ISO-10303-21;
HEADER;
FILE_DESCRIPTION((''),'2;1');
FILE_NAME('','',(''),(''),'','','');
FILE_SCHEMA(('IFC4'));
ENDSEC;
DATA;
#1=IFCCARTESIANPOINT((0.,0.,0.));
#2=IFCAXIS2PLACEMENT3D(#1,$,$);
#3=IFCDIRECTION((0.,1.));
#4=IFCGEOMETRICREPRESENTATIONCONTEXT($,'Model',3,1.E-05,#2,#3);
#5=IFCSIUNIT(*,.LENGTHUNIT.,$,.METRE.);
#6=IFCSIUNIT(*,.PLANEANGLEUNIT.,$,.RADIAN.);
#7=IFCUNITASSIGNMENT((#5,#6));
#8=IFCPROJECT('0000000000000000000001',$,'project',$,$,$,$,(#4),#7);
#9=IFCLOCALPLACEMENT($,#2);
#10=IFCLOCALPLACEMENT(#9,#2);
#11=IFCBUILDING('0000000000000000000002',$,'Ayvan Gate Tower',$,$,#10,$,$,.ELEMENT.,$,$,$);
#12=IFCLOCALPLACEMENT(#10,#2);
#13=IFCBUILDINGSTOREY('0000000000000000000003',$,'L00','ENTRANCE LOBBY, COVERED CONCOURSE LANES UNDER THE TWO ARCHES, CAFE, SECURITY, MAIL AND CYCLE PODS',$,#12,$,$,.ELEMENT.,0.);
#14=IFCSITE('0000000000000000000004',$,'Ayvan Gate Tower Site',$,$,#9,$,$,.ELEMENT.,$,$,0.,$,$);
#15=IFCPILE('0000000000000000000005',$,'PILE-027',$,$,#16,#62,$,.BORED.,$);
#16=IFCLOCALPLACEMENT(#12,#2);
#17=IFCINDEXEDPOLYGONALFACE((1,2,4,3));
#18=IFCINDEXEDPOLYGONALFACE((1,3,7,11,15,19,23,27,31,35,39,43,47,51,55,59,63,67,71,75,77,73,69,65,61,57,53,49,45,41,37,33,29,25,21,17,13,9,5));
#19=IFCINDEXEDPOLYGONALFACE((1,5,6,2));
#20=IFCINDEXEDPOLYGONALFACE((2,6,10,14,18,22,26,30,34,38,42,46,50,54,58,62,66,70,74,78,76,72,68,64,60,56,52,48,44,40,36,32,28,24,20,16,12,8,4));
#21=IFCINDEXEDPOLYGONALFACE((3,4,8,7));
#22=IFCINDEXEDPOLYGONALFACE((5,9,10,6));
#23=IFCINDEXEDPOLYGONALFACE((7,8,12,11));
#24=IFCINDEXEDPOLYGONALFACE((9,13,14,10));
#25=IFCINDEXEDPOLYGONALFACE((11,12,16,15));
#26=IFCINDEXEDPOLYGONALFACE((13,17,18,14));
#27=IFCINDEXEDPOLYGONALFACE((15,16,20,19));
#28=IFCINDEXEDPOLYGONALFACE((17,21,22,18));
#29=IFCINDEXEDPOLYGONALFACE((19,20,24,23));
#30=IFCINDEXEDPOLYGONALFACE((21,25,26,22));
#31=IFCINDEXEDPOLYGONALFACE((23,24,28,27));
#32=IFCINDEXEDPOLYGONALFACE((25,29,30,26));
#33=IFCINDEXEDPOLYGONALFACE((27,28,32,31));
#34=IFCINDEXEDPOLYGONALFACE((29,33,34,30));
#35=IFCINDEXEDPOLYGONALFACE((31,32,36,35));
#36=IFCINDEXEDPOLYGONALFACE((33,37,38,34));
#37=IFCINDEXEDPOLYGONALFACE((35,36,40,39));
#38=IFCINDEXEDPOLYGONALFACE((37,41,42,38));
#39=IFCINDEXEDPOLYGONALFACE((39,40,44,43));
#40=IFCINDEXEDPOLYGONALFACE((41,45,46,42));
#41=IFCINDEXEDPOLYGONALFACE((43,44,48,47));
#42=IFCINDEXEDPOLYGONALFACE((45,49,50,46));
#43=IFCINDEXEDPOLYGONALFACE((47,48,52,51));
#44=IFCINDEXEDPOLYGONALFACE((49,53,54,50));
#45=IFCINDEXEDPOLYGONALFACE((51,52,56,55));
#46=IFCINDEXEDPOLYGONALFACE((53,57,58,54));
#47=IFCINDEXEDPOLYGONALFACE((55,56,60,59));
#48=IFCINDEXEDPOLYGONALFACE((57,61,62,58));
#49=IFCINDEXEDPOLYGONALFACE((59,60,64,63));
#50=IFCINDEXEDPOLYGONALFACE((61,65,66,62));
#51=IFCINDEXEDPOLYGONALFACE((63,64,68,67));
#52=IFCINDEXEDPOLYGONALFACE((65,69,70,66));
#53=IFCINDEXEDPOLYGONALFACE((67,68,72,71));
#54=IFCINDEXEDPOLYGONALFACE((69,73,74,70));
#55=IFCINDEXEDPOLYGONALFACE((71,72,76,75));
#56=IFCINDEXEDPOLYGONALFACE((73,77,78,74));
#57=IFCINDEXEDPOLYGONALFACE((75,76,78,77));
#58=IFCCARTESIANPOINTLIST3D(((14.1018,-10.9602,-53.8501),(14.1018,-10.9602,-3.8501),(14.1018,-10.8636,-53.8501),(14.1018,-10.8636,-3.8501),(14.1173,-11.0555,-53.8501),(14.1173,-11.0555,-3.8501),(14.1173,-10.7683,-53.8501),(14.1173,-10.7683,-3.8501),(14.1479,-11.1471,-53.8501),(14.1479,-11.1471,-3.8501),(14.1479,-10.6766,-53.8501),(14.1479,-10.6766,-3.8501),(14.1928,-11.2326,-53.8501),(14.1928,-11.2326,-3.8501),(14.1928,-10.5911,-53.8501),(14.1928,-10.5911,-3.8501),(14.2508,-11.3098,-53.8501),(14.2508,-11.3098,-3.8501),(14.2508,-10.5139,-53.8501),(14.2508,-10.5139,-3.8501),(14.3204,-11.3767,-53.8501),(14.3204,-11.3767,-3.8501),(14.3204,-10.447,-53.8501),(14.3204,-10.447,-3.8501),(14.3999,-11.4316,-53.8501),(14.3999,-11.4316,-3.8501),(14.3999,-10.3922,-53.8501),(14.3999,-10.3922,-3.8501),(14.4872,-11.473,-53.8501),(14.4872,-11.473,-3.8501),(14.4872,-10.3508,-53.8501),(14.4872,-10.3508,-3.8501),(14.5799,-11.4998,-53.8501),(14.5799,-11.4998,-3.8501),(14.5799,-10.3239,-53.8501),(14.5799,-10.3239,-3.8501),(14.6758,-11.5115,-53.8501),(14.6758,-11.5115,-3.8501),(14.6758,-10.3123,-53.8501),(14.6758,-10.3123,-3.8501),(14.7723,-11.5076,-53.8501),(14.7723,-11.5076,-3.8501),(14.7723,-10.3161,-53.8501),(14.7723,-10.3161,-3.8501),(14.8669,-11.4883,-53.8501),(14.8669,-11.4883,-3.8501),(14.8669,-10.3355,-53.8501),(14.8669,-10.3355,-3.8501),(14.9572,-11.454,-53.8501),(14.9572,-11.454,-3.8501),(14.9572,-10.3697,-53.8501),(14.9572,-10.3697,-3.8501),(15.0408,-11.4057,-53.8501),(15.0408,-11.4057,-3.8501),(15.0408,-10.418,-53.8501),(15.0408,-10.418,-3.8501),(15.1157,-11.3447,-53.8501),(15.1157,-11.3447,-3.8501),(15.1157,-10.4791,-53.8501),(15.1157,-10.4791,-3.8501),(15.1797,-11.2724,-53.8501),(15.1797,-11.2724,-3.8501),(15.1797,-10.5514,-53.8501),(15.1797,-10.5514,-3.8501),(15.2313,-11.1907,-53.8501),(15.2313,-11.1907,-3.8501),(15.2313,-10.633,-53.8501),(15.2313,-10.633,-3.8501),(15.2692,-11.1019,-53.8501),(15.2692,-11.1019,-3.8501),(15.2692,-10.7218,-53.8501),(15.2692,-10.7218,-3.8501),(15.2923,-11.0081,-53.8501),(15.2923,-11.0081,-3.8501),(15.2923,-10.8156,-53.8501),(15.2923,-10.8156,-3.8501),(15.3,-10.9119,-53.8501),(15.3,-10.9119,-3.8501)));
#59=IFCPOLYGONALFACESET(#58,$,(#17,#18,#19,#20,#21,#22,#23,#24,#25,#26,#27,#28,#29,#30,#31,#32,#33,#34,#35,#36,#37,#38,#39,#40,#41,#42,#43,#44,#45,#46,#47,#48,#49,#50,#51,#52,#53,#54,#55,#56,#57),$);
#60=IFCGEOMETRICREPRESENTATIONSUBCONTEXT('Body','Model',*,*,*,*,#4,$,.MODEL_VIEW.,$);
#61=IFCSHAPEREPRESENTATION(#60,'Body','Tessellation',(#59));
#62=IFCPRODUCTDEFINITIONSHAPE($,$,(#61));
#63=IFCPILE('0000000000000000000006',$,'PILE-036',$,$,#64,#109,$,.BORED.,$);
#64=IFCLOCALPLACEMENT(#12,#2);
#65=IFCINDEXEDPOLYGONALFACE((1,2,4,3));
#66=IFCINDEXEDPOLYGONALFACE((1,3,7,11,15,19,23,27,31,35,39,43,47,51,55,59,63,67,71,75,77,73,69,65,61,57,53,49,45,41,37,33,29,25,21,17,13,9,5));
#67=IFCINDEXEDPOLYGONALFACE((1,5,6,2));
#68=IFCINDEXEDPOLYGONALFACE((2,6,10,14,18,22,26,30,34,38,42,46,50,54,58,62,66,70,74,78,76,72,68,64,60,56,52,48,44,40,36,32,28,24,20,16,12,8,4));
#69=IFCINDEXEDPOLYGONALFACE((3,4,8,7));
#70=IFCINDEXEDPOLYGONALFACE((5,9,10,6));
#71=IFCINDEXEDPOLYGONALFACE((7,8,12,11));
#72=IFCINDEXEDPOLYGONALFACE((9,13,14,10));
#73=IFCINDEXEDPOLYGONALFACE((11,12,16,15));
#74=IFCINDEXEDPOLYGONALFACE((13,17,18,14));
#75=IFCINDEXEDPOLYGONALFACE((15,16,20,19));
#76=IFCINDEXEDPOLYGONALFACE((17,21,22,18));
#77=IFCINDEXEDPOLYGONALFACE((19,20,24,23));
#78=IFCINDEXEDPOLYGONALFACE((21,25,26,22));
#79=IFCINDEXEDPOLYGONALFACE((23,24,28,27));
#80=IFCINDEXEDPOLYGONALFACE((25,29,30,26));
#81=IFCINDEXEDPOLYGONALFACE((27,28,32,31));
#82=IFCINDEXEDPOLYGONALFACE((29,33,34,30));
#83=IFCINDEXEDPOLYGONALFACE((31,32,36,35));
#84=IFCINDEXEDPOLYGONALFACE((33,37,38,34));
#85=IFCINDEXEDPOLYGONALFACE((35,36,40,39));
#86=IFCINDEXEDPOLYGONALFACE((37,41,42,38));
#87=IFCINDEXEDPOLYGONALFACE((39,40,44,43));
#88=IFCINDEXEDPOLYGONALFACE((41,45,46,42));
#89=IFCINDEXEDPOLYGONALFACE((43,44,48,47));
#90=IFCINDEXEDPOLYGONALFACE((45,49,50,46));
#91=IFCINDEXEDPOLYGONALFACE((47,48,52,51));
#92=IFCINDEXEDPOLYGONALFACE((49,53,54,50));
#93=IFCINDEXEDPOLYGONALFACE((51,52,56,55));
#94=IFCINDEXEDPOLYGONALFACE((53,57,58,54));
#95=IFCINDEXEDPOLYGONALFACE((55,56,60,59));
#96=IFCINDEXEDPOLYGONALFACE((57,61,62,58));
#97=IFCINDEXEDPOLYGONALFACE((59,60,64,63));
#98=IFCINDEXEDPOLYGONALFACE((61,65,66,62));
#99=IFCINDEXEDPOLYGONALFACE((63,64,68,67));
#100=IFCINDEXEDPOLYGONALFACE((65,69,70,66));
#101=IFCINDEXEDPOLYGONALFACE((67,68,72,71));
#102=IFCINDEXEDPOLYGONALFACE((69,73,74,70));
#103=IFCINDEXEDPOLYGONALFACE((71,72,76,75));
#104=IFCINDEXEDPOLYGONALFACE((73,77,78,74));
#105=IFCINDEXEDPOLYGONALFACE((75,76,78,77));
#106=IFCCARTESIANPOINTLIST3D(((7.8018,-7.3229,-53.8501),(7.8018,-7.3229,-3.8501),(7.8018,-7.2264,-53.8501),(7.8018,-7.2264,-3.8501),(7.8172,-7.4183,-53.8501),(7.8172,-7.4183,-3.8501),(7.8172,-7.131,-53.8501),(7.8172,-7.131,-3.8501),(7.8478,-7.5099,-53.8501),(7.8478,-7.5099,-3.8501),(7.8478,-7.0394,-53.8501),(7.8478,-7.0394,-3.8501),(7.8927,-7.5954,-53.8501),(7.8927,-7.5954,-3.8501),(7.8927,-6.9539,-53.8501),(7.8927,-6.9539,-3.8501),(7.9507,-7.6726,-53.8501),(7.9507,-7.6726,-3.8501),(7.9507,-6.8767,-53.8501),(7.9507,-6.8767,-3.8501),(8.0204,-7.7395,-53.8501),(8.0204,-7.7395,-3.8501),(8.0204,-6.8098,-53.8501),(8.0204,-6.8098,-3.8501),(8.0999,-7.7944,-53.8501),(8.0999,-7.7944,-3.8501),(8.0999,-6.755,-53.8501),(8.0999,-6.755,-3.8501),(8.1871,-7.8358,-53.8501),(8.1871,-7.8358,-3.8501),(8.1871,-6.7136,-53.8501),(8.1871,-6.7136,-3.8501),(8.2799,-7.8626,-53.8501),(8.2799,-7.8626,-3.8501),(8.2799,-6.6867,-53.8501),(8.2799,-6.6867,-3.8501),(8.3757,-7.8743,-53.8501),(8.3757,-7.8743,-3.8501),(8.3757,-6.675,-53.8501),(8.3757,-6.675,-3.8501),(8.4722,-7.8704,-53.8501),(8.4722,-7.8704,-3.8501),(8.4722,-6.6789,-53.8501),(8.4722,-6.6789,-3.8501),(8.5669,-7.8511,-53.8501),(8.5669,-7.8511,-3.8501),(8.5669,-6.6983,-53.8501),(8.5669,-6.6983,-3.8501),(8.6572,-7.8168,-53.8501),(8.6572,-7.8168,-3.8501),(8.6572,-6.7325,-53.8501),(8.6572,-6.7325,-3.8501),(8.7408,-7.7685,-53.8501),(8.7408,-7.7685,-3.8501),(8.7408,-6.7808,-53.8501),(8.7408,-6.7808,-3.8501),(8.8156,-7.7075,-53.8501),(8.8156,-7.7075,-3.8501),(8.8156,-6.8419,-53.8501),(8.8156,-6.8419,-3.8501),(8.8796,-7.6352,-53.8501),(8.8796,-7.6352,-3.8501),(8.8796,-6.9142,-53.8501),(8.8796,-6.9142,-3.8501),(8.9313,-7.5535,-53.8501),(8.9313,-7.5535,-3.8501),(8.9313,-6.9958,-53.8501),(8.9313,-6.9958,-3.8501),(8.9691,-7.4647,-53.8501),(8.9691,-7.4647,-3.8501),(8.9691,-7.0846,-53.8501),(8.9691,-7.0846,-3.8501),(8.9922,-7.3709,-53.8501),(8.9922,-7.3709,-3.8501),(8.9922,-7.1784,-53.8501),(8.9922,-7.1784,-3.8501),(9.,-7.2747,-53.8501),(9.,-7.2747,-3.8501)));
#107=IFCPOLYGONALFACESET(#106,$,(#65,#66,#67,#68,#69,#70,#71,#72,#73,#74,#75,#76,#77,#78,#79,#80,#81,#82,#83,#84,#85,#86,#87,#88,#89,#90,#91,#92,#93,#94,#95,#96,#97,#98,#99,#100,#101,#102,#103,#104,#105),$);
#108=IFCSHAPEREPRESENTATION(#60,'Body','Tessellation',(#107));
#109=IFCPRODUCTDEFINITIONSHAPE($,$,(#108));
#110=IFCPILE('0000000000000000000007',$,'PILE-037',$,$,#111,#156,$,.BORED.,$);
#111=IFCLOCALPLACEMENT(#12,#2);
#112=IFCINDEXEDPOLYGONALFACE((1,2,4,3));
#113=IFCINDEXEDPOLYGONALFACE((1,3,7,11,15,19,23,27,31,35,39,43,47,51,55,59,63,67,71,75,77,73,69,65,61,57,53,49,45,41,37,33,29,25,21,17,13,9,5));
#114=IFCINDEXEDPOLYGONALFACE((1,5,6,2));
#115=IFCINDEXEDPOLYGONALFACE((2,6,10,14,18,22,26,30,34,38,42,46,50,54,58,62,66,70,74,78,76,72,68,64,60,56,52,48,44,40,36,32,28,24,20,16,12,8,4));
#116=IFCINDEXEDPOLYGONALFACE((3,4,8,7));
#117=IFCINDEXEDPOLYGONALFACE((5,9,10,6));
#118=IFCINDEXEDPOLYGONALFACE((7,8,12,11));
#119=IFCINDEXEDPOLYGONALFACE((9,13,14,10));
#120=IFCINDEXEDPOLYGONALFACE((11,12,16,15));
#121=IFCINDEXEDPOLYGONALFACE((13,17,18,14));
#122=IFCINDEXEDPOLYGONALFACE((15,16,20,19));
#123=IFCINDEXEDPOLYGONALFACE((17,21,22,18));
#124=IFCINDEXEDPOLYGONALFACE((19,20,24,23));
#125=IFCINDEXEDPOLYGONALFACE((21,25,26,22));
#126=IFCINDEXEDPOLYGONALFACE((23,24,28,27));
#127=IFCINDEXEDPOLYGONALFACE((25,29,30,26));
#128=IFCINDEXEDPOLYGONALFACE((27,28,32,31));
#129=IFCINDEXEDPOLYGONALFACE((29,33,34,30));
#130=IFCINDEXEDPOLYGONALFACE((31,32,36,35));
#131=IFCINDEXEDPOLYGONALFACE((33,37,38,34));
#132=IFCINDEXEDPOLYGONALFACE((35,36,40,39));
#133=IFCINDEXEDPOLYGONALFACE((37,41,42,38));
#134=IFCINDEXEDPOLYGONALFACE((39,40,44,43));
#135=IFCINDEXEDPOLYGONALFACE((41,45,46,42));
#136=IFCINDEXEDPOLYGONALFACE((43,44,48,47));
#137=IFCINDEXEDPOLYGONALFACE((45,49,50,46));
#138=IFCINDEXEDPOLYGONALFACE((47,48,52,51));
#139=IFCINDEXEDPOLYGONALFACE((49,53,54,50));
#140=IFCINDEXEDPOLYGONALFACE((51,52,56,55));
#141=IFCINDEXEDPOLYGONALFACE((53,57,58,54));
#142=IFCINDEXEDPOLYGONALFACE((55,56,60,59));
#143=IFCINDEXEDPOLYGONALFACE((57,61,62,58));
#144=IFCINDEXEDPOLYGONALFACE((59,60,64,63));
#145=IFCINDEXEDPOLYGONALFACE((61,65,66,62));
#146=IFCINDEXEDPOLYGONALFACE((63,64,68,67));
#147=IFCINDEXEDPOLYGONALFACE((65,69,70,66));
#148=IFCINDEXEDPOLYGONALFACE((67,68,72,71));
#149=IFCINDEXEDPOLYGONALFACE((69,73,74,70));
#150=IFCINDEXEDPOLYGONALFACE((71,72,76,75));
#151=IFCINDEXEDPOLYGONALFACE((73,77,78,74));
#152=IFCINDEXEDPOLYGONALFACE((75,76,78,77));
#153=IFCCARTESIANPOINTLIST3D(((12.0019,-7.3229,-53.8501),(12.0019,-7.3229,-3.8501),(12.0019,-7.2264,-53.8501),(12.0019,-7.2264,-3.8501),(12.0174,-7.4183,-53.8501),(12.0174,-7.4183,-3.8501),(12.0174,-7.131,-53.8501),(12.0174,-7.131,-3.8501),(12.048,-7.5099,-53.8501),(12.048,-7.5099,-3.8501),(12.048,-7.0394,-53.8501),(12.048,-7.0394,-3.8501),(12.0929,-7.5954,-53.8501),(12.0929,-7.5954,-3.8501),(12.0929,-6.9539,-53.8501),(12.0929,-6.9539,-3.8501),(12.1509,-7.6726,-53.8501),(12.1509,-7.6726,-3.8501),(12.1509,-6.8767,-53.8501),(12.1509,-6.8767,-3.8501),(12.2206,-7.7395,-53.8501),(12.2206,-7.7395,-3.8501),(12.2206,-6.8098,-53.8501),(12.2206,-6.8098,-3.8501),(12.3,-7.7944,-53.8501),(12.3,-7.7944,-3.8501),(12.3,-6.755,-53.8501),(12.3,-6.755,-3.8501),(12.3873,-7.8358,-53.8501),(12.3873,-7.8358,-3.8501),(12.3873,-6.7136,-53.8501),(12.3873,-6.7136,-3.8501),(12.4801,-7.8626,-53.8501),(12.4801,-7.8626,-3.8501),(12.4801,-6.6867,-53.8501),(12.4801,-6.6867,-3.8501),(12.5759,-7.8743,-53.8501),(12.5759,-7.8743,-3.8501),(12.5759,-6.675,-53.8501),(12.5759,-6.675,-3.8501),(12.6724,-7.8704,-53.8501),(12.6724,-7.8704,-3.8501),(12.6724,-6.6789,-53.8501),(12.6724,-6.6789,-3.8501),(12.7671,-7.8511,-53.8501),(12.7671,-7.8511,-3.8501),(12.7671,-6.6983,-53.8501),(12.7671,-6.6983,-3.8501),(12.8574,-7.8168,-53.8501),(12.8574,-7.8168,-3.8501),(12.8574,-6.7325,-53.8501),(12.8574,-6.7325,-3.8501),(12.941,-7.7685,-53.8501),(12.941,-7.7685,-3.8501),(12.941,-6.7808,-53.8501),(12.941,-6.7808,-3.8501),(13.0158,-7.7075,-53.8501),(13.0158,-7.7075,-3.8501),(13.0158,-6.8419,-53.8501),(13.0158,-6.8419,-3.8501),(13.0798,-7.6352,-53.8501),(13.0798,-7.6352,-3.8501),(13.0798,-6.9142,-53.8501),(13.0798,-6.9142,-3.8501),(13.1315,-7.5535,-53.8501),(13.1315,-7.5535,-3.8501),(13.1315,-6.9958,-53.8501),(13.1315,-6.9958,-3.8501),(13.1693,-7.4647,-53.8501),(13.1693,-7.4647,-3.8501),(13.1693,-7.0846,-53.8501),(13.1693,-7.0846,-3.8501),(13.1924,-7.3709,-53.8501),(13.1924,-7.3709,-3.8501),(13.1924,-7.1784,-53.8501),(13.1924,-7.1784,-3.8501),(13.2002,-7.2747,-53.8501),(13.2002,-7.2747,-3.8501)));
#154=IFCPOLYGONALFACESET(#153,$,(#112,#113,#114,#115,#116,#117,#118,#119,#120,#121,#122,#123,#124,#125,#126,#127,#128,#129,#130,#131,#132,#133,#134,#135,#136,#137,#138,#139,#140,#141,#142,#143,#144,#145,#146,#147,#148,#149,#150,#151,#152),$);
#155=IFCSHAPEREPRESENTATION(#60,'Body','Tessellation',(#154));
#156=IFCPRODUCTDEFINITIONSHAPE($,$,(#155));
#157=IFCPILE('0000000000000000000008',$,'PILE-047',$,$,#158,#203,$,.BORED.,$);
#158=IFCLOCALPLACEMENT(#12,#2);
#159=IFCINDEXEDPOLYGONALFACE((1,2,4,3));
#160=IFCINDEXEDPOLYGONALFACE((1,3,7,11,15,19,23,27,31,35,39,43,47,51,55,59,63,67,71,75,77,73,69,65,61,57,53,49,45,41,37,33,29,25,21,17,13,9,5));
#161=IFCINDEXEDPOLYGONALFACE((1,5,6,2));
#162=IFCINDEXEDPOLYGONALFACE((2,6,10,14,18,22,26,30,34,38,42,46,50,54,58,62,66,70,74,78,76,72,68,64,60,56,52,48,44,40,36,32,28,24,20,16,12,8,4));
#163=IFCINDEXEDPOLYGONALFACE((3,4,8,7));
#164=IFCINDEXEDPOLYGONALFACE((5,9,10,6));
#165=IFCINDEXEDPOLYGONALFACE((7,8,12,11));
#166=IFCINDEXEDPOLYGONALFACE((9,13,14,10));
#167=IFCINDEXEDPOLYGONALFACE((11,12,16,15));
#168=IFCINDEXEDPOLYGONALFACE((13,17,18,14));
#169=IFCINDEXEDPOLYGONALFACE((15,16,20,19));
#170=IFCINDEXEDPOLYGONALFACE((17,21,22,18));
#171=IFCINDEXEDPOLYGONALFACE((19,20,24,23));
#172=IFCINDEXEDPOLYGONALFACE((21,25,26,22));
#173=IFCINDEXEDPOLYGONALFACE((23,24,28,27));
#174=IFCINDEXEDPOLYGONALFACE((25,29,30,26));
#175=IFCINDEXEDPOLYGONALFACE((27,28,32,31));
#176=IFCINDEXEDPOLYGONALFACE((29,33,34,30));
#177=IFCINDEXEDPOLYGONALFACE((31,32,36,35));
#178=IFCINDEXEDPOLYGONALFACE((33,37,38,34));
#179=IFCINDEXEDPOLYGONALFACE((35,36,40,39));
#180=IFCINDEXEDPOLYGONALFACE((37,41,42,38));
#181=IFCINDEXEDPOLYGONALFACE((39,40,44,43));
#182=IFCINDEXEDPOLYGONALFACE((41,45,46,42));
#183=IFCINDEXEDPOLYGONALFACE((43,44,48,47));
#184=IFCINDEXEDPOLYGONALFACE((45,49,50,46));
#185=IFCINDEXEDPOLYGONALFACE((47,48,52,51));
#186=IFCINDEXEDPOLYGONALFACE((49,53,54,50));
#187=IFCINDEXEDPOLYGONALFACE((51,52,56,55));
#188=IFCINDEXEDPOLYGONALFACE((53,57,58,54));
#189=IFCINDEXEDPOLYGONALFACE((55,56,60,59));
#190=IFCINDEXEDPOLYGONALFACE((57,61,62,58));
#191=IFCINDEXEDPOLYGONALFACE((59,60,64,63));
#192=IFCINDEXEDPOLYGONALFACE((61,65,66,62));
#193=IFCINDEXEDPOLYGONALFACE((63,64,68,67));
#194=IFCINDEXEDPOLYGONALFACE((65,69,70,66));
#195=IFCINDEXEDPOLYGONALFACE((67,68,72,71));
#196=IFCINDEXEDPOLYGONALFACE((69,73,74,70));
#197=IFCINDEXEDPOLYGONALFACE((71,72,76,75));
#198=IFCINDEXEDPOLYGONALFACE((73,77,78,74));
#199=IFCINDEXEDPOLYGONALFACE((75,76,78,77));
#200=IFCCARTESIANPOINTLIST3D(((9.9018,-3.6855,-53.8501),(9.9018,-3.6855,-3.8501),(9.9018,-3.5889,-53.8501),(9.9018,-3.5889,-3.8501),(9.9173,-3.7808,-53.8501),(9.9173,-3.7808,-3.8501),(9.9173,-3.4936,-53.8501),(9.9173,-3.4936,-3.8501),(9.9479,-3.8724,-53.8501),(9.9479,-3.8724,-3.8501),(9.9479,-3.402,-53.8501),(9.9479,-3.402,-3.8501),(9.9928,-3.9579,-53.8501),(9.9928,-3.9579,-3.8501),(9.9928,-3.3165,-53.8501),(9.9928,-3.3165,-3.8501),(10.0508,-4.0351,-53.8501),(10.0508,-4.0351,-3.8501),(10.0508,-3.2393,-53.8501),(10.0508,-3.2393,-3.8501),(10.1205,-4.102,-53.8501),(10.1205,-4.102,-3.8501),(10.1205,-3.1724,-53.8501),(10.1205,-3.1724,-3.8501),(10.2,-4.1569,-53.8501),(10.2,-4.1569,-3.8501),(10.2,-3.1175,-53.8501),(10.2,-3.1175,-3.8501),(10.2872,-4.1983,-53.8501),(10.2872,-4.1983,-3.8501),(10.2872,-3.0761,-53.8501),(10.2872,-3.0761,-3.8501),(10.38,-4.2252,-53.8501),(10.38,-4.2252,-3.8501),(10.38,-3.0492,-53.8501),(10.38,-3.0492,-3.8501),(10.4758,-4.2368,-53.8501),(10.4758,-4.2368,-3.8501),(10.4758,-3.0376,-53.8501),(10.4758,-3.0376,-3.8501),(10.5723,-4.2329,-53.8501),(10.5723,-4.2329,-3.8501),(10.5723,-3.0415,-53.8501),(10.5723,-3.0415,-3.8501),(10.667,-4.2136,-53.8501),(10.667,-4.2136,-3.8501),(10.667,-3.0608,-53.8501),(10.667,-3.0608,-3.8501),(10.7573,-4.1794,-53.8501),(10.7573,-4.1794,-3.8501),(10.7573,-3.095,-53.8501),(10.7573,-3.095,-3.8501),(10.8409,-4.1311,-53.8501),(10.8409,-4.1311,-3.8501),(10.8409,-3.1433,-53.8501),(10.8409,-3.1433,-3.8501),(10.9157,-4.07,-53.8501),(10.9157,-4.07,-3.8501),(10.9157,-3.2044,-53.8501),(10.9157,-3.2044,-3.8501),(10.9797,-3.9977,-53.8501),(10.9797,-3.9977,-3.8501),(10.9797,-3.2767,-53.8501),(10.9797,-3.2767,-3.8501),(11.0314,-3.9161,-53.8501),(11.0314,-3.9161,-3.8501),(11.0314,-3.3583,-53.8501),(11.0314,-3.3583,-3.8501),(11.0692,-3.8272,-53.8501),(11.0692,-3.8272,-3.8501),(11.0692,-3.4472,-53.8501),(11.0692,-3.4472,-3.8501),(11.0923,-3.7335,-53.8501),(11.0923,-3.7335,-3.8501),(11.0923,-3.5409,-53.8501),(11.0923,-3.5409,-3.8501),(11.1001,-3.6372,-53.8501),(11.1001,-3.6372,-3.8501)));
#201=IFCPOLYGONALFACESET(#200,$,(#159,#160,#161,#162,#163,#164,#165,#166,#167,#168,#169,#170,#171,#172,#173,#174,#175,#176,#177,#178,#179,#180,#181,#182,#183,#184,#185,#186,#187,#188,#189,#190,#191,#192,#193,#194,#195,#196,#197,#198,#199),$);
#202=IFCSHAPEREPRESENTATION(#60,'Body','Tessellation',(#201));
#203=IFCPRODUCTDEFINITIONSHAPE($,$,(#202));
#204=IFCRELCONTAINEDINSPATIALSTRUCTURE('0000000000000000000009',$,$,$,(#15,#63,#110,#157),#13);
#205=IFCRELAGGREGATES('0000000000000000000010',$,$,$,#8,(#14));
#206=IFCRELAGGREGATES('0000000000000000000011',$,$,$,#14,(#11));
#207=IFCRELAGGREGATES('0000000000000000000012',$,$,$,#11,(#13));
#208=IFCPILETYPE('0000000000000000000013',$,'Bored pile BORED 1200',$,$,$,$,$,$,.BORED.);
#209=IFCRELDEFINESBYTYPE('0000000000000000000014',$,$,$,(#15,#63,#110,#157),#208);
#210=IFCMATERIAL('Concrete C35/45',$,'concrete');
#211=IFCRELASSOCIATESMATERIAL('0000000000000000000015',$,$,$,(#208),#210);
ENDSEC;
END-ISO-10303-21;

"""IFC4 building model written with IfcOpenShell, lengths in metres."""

from ifc_helpers import new_model, si_unit, direction, frame, origin, origin_2d, place, context, subcontext, project, spatial, circle, extrude, material, material_profile, profile_set, type_object, element, save


model = new_model("IFC4")

# Units and contexts
model_context = context("Model", 3, precision=1e-05, world=origin(), true_north=direction((0.0, 1.0)))
body_context = subcontext(model_context, "Body", "Model", "MODEL_VIEW")
ifc_project = project(units=[si_unit("LENGTHUNIT", "METRE"), si_unit("PLANEANGLEUNIT", "RADIAN")], contexts=[model_context])

# Site, building, storey
site_placement = place(None, origin())
site = spatial("IfcSite", under=ifc_project, at=site_placement, Name="Ayvan Gate Tower Site", CompositionType="ELEMENT", RefElevation=0.0)
building_placement = place(site_placement, origin())
building = spatial("IfcBuilding", under=site, at=building_placement, Name="Ayvan Gate Tower", CompositionType="ELEMENT")
storey_placement = place(building_placement, origin())
storey = spatial("IfcBuildingStorey", under=building, at=storey_placement, Name="L00", Description="ENTRANCE LOBBY, COVERED CONCOURSE LANES UNDER THE TWO ARCHES, CAFE, SECURITY, MAIL AND CYCLE PODS", CompositionType="ELEMENT", Elevation=0.0)

# Piles
ifc_material_1 = material(Name="Concrete C35/45", Category="concrete")
ifc_material_profile_1 = material_profile(ifc_material_1, circle(Radius=0.6001, at=origin_2d()), Name="BORED 1200")
ifc_profile_set_1 = profile_set([ifc_material_profile_1], Name="Concrete C35/45")
pile_type = type_object("IfcPileType", Name="Bored pile BORED 1200", PredefinedType="BORED", material=ifc_profile_set_1)
for number, where, z_axis, x_axis, name in (
    (1, (14.7, -10.9119, -3.8501), (0.0, 0.0, -1.0), (1.0, 0.0, 0.0), "PILE-027"),
    (2, (8.3999, -7.2747, -3.8501), (0.0, 0.0, -1.0), (1.0, 0.0, 0.0), "PILE-036"),
    (3, (12.6001, -7.2747, -3.8501), (0.0, 0.0, -1.0), (1.0, 0.0, 0.0), "PILE-037"),
    (4, (10.5, -3.6372, -3.8501), (0.0, 0.0, -1.0), (1.0, 0.0, 0.0), "PILE-047"),
):
    element("IfcPile", number, at=place(storey_placement, frame(where, z_axis=z_axis, x_axis=x_axis)), inside=storey, type_object=pile_type, Name=name, PredefinedType="BORED", context=body_context, shape_type="SweptSolid", body=[
        extrude(circle(Radius=0.6001, at=origin_2d()), origin(), (0.0, 0.0, 1.0), 50.0),
    ])

save(model, "model.ifc")
